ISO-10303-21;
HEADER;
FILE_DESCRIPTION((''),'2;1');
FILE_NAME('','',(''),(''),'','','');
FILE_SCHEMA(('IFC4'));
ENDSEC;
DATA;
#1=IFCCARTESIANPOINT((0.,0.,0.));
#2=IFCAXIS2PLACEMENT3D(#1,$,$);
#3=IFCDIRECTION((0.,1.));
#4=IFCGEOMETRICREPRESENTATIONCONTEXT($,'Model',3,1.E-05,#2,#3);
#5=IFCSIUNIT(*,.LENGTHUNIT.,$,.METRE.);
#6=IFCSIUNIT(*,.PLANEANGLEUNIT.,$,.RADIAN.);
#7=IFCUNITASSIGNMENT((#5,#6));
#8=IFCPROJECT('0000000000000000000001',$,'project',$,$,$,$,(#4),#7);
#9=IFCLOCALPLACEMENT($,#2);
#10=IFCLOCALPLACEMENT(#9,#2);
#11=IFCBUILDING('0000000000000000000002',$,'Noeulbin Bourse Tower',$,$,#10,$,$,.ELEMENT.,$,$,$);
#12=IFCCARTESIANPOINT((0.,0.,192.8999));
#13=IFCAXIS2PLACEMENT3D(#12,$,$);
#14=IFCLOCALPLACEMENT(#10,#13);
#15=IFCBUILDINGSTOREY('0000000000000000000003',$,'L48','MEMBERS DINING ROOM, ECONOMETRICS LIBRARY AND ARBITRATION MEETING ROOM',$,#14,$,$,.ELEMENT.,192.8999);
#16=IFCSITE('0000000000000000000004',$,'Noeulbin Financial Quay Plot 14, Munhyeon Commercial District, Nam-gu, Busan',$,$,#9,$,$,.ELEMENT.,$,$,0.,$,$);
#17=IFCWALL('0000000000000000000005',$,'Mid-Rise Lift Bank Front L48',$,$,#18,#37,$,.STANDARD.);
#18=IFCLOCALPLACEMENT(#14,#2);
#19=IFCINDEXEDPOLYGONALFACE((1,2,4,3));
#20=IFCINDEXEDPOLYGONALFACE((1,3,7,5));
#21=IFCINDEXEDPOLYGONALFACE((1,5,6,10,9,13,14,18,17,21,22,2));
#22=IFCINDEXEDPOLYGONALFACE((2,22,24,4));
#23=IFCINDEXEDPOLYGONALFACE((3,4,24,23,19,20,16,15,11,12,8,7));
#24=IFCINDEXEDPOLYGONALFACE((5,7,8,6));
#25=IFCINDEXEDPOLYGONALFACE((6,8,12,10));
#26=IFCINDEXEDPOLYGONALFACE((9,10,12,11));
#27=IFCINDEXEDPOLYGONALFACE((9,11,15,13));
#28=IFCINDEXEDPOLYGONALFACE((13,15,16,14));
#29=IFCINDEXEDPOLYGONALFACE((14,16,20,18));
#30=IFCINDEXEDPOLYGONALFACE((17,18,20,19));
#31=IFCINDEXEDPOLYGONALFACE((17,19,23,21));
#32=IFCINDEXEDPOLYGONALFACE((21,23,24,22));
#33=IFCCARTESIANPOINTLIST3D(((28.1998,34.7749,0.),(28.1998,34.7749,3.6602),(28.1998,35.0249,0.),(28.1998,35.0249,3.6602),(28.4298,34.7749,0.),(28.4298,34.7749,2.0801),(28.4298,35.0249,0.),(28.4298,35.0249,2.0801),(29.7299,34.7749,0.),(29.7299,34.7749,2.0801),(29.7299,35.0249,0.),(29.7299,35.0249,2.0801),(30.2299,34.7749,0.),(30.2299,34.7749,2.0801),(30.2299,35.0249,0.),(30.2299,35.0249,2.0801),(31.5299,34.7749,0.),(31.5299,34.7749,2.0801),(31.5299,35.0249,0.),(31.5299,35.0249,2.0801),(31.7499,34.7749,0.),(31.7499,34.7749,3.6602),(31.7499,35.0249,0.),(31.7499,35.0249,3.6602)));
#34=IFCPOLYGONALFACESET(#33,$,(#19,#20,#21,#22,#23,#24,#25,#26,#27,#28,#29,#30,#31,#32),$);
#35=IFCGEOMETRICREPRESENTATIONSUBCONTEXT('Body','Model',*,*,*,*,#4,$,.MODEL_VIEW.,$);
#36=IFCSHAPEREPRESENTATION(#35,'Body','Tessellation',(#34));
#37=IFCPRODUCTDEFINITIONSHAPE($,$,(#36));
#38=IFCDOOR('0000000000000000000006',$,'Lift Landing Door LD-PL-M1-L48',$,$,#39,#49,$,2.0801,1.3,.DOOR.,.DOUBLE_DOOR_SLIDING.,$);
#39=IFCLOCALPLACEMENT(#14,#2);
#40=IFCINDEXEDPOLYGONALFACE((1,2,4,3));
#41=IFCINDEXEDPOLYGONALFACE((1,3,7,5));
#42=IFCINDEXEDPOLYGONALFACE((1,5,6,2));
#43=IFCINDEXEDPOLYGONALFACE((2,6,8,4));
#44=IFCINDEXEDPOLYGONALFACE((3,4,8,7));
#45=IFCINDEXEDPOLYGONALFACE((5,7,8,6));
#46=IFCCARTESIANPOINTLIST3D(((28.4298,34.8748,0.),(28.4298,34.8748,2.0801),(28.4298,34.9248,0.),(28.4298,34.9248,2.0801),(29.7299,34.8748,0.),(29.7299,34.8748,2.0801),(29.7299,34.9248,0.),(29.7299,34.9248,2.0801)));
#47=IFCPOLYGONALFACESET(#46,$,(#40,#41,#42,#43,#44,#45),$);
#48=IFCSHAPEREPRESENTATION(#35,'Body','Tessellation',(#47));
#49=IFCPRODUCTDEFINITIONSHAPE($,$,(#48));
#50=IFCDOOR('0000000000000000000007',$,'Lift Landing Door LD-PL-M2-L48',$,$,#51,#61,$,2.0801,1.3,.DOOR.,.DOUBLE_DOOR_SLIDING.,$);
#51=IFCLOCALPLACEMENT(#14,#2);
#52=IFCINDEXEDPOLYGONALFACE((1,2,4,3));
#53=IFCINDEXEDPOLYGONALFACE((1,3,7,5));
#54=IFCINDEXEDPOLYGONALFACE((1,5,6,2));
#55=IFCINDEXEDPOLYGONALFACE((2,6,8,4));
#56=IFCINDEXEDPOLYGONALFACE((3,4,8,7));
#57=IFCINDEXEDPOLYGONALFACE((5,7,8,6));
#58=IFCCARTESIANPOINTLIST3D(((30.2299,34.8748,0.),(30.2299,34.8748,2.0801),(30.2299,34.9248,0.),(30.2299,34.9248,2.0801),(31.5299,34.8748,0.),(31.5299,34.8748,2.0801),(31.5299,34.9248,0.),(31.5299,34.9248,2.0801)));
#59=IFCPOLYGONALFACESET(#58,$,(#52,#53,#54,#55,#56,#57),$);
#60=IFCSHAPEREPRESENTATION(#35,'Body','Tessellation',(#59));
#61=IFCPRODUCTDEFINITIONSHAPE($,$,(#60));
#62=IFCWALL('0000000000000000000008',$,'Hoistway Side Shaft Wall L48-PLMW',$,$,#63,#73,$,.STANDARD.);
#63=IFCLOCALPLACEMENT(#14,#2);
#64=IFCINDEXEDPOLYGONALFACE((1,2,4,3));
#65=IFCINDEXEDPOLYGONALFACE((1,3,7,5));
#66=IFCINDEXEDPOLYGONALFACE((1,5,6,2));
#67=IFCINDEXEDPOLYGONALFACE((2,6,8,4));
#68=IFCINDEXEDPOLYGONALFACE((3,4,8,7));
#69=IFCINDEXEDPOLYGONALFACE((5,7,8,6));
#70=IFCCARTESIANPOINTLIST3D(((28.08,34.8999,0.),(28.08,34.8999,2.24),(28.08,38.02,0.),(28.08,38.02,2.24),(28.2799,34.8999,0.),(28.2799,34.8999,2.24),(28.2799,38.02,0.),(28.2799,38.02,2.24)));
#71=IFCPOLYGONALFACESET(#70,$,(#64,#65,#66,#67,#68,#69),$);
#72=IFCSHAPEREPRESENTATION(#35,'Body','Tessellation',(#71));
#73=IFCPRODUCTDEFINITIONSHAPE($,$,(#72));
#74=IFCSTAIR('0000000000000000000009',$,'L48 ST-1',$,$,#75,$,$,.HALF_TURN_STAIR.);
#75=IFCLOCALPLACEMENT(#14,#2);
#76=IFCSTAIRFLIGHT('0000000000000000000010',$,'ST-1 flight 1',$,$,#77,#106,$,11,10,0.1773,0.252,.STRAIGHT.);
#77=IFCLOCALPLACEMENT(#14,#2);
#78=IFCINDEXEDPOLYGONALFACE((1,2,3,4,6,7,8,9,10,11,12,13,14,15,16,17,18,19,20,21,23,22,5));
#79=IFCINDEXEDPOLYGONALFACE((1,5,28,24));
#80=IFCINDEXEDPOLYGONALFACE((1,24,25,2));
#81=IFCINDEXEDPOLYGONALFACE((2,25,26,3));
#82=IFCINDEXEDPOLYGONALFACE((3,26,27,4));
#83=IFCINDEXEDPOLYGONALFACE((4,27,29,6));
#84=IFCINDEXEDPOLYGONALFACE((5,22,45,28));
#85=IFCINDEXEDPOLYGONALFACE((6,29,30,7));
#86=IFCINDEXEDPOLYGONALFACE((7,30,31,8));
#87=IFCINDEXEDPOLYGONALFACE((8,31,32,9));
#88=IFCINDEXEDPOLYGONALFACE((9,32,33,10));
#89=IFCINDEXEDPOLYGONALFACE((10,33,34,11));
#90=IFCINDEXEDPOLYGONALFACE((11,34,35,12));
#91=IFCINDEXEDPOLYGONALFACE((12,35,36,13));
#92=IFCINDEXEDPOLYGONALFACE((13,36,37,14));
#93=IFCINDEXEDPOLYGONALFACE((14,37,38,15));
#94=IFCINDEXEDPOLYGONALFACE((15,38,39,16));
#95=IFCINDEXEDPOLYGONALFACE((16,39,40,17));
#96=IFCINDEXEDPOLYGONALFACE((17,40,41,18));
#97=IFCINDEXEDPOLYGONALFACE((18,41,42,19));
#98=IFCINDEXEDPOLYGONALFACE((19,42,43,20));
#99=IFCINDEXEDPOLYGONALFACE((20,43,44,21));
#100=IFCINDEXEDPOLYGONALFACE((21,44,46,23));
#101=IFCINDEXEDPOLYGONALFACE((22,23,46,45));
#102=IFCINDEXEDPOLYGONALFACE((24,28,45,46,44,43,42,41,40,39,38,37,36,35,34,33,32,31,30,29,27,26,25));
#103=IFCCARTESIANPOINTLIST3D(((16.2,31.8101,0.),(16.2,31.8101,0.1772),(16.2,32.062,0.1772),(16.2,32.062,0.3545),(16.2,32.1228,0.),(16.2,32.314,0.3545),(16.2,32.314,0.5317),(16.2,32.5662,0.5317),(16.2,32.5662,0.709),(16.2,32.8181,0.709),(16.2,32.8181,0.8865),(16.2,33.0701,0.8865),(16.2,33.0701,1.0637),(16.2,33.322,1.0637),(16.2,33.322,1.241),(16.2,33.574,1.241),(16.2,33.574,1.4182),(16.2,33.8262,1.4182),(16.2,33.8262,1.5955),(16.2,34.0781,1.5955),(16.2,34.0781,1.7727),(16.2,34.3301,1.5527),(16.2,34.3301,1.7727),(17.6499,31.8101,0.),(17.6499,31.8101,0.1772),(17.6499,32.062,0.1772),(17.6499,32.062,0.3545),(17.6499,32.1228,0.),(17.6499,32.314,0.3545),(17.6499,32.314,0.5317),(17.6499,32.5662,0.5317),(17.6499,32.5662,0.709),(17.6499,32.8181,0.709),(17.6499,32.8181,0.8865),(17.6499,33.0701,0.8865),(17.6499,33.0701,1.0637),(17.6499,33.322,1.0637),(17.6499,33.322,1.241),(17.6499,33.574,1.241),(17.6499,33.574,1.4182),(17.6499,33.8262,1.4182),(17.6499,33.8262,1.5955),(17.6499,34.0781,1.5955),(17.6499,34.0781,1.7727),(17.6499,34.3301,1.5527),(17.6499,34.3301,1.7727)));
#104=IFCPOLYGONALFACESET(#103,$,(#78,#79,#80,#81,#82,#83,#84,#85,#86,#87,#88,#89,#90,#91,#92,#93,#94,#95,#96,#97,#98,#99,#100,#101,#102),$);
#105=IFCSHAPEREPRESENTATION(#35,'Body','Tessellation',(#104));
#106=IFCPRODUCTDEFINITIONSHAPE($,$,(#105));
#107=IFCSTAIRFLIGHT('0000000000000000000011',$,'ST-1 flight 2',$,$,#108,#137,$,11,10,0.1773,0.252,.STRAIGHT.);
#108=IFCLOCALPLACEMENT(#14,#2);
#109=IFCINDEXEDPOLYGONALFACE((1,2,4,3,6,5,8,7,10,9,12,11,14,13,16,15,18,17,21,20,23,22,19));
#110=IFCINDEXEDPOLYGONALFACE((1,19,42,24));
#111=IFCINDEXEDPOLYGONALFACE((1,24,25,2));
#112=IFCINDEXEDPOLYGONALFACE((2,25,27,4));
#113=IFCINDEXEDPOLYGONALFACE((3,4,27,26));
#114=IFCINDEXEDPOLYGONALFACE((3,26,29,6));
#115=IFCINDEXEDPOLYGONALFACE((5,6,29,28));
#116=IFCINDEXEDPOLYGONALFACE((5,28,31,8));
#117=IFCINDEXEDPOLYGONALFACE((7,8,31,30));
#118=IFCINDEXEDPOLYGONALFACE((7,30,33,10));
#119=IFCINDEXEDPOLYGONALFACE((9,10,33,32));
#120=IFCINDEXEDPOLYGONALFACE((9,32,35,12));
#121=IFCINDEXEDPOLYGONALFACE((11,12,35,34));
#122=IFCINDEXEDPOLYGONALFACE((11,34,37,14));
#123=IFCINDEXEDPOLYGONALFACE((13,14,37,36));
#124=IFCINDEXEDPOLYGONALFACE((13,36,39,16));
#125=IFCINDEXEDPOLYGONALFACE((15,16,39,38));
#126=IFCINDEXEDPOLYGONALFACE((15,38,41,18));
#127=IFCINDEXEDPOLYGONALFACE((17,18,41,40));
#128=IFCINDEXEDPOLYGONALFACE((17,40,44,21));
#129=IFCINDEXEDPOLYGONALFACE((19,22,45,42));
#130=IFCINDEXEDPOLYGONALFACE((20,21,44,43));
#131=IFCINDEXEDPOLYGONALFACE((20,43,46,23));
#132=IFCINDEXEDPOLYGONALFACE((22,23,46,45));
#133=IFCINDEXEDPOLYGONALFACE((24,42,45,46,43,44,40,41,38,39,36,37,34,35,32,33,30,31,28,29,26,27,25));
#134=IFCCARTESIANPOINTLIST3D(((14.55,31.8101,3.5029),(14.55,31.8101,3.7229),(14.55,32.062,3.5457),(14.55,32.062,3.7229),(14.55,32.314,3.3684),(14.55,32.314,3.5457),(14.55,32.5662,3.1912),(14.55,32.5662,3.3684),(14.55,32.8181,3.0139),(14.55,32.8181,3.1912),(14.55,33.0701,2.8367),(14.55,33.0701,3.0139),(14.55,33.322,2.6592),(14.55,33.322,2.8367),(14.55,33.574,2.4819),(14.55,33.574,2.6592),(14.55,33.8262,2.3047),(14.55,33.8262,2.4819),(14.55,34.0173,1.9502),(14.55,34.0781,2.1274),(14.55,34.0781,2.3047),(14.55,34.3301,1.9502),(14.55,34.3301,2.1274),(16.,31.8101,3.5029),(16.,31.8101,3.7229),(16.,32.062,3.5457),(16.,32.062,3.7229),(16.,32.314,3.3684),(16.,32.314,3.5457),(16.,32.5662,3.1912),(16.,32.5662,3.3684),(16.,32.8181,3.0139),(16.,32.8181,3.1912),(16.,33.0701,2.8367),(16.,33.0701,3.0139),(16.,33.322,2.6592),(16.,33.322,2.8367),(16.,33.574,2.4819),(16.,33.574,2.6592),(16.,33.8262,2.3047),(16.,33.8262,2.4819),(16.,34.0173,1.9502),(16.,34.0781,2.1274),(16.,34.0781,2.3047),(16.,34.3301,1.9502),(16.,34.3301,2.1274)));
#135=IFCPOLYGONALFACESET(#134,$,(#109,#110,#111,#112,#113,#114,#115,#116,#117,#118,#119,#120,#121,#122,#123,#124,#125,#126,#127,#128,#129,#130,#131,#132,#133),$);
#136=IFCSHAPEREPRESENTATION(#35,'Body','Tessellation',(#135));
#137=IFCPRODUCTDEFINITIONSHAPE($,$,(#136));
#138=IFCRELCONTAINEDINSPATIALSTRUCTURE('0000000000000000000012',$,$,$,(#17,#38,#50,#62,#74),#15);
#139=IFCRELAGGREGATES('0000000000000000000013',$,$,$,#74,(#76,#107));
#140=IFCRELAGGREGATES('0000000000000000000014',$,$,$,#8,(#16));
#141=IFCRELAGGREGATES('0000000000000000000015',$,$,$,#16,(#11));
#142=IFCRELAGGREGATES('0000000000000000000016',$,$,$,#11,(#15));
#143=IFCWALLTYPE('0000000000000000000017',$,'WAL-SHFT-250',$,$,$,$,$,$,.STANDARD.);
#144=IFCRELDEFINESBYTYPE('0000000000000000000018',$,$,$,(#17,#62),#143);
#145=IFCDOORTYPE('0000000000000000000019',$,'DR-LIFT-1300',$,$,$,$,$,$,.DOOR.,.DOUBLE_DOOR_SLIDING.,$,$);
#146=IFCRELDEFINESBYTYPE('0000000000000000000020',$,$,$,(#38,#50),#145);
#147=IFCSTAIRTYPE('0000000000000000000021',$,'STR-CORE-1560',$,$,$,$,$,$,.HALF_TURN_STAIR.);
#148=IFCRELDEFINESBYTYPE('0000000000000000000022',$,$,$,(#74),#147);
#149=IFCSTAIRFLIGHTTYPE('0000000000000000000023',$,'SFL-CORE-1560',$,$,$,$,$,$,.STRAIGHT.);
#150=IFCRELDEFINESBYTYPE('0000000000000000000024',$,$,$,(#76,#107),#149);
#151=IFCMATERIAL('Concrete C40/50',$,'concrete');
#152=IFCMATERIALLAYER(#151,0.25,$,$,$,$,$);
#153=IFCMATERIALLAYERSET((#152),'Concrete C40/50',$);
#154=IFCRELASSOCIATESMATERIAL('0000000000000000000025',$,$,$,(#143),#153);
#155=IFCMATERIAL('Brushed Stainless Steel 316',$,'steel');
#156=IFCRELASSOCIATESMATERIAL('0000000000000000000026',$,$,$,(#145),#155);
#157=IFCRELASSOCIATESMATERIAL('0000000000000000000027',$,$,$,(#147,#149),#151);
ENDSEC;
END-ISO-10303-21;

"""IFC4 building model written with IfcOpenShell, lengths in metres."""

from ifc_helpers import new_model, si_unit, direction, frame, frame_2d, origin, place, context, subcontext, project, spatial, polyline, rectangle, outline, extrude, material, layer, layer_set, type_object, element, fill, aggregate, save


model = new_model("IFC4")

# Units and contexts
model_context = context("Model", 3, precision=1e-05, world=origin(), true_north=direction((0.0, 1.0)))
body_context = subcontext(model_context, "Body", "Model", "MODEL_VIEW")
ifc_project = project(units=[si_unit("LENGTHUNIT", "METRE"), si_unit("PLANEANGLEUNIT", "RADIAN")], contexts=[model_context])

# Site, building, storey
site_placement = place(None, origin())
site = spatial("IfcSite", under=ifc_project, at=site_placement, Name="Noeulbin Financial Quay Plot 14, Munhyeon Commercial District, Nam-gu, Busan", CompositionType="ELEMENT", RefElevation=0.0)
building_placement = place(site_placement, origin())
building = spatial("IfcBuilding", under=site, at=building_placement, Name="Noeulbin Bourse Tower", CompositionType="ELEMENT")
storey_placement = place(building_placement, frame((0.0, 0.0, 192.8999)))
storey = spatial("IfcBuildingStorey", under=building, at=storey_placement, Name="L48", Description="MEMBERS DINING ROOM, ECONOMETRICS LIBRARY AND ARBITRATION MEETING ROOM", CompositionType="ELEMENT", Elevation=192.8999)

# Shared definitions
ifc_material_1 = material(Name="Concrete C40/50", Category="concrete")

# Shared definitions
ifc_layer_1 = layer(ifc_material_1, 0.25)
ifc_layer_set_1 = layer_set([ifc_layer_1], Name="Concrete C40/50")
wall_type_1 = type_object("IfcWallType", Name="WAL-SHFT-250", PredefinedType="STANDARD", material=ifc_layer_set_1)

# Shared definitions
ifc_material_2 = material(Name="Brushed Stainless Steel 316", Category="steel")

# Wall, openings, doors
wall_1_placement = place(storey_placement, frame((28.2, 34.8999, 0.0), z_axis=(0.0, 0.0, 1.0), x_axis=(1.0, 0.0, 0.0)))
wall_1 = element("IfcWall", 1, at=wall_1_placement, inside=storey, type_object=wall_type_1, Name="Mid-Rise Lift Bank Front L48", PredefinedType="STANDARD", context=body_context, shape_type="SweptSolid", body=[
    extrude(rectangle(XDim=3.55, YDim=0.25, at=frame_2d((1.7749, 0.0))), origin(), (0.0, 0.0, 1.0), 3.6602),
])
opening_1_placement = place(wall_1_placement, frame((0.23, 0.0, 0.0)))
opening_1 = element("IfcOpeningElement", 2, at=opening_1_placement, cuts=wall_1, PredefinedType="OPENING", context=body_context, shape_type="SweptSolid", body=[
    extrude(rectangle(XDim=1.3, YDim=2.0801, at=frame_2d((0.6499, 1.04))), frame((0.0, 0.135, 0.0), z_axis=(0.0, -1.0, 0.0), x_axis=(1.0, 0.0, 0.0)), (0.0, 0.0, 1.0), 0.27),
])
opening_2_placement = place(wall_1_placement, frame((2.03, 0.0, 0.0)))
opening_2 = element("IfcOpeningElement", 3, at=opening_2_placement, cuts=wall_1, PredefinedType="OPENING", context=body_context, shape_type="SweptSolid", body=[
    extrude(rectangle(XDim=1.3, YDim=2.0801, at=frame_2d((0.6499, 1.04))), frame((0.0, 0.135, 0.0), z_axis=(0.0, -1.0, 0.0), x_axis=(1.0, 0.0, 0.0)), (0.0, 0.0, 1.0), 0.27),
])
door_type_1 = type_object("IfcDoorType", Name="DR-LIFT-1300", OperationType="DOUBLE_DOOR_SLIDING", PredefinedType="DOOR", material=ifc_material_2)
door_1_placement = place(opening_1_placement, origin())
door_1 = element("IfcDoor", 4, at=door_1_placement, inside=storey, type_object=door_type_1, Name="Lift Landing Door LD-PL-M1-L48", OperationType="DOUBLE_DOOR_SLIDING", OverallHeight=2.0801, OverallWidth=1.3, PredefinedType="DOOR", context=body_context, shape_type="SweptSolid", body=[
    extrude(rectangle(XDim=1.3, YDim=2.0801, at=frame_2d((0.6499, 1.04))), frame((0.0, 0.0249, 0.0), z_axis=(0.0, -1.0, 0.0), x_axis=(1.0, 0.0, 0.0)), (0.0, 0.0, 1.0), 0.05),
])
fill(opening_1, door_1)
door_2_placement = place(opening_2_placement, origin())
door_2 = element("IfcDoor", 5, at=door_2_placement, inside=storey, type_object=door_type_1, Name="Lift Landing Door LD-PL-M2-L48", OperationType="DOUBLE_DOOR_SLIDING", OverallHeight=2.0801, OverallWidth=1.3, PredefinedType="DOOR", context=body_context, shape_type="SweptSolid", body=[
    extrude(rectangle(XDim=1.3, YDim=2.0801, at=frame_2d((0.6499, 1.04))), frame((0.0, 0.0249, 0.0), z_axis=(0.0, -1.0, 0.0), x_axis=(1.0, 0.0, 0.0)), (0.0, 0.0, 1.0), 0.05),
])
fill(opening_2, door_2)

# Wall
wall_2_placement = place(storey_placement, frame((28.1799, 34.8999, 0.0), z_axis=(0.0, 0.0, 1.0), x_axis=(0.0, 1.0, 0.0)))
element("IfcWall", 6, at=wall_2_placement, inside=storey, type_object=wall_type_1, Name="Hoistway Side Shaft Wall L48-PLMW", PredefinedType="STANDARD", context=body_context, shape_type="SweptSolid", body=[
    extrude(rectangle(XDim=3.1201, YDim=0.2, at=frame_2d((1.5601, 0.0))), origin(), (0.0, 0.0, 1.0), 2.24),
])

# Stair, stair flights
stair_type = type_object("IfcStairType", Name="STR-CORE-1560", PredefinedType="HALF_TURN_STAIR", material=ifc_material_1)
stair_placement = place(storey_placement, origin())
stair = element("IfcStair", 7, at=stair_placement, inside=storey, type_object=stair_type, Name="L48 ST-1", PredefinedType="HALF_TURN_STAIR")
stair_flight_type = type_object("IfcStairFlightType", Name="SFL-CORE-1560", PredefinedType="STRAIGHT", material=ifc_material_1)
stair_flight_1_placement = place(storey_placement, frame((16.925, 31.8101, 0.0), z_axis=(0.0, 0.0, 1.0), x_axis=(0.0, 1.0, 0.0)))
stair_flight_1 = element("IfcStairFlight", 8, at=stair_flight_1_placement, type_object=stair_flight_type, Name="ST-1 flight 1", NumberOfRisers=11, NumberOfTreads=10, PredefinedType="STRAIGHT", RiserHeight=0.1773, TreadLength=0.252, context=body_context, shape_type="SweptSolid", body=[
    extrude(outline(polyline([(0.0, 0.0), (0.0, 0.1772), (0.252, 0.1772), (0.252, 0.3545), (0.5039, 0.3545), (0.5039, 0.5317), (0.7561, 0.5317), (0.7561, 0.709), (1.0081, 0.709), (1.0081, 0.8865), (1.26, 0.8865), (1.26, 1.0637), (1.512, 1.0637), (1.512, 1.241), (1.7639, 1.241), (1.7639, 1.4182), (2.0161, 1.4182), (2.0161, 1.5955), (2.2681, 1.5955), (2.2681, 1.7727), (2.52, 1.7727), (2.52, 1.95), (2.52, 1.5527), (0.3127, 0.0), (0.0, 0.0)])), frame((0.0, 0.7251, 0.0), z_axis=(0.0, -1.0, 0.0), x_axis=(1.0, 0.0, 0.0)), (0.0, 0.0, 1.0), 1.45),
])
stair_flight_2_placement = place(storey_placement, frame((15.2749, 34.3301, 1.9502), z_axis=(0.0, 0.0, 1.0), x_axis=(0.0, -1.0, 0.0)))
stair_flight_2 = element("IfcStairFlight", 9, at=stair_flight_2_placement, type_object=stair_flight_type, Name="ST-1 flight 2", NumberOfRisers=11, NumberOfTreads=10, PredefinedType="STRAIGHT", RiserHeight=0.1773, TreadLength=0.252, context=body_context, shape_type="SweptSolid", body=[
    extrude(outline(polyline([(0.0, 0.0), (0.0, 0.1772), (0.252, 0.1772), (0.252, 0.3545), (0.5039, 0.3545), (0.5039, 0.5317), (0.7561, 0.5317), (0.7561, 0.709), (1.0081, 0.709), (1.0081, 0.8865), (1.26, 0.8865), (1.26, 1.0637), (1.512, 1.0637), (1.512, 1.241), (1.7639, 1.241), (1.7639, 1.4182), (2.0161, 1.4182), (2.0161, 1.5955), (2.2681, 1.5955), (2.2681, 1.7727), (2.52, 1.7727), (2.52, 1.95), (2.52, 1.5527), (0.3127, 0.0), (0.0, 0.0)])), frame((0.0, 0.7251, 0.0), z_axis=(0.0, -1.0, 0.0), x_axis=(1.0, 0.0, 0.0)), (0.0, 0.0, 1.0), 1.45),
])
aggregate(stair, [stair_flight_1, stair_flight_2])

save(model, "model.ifc")
